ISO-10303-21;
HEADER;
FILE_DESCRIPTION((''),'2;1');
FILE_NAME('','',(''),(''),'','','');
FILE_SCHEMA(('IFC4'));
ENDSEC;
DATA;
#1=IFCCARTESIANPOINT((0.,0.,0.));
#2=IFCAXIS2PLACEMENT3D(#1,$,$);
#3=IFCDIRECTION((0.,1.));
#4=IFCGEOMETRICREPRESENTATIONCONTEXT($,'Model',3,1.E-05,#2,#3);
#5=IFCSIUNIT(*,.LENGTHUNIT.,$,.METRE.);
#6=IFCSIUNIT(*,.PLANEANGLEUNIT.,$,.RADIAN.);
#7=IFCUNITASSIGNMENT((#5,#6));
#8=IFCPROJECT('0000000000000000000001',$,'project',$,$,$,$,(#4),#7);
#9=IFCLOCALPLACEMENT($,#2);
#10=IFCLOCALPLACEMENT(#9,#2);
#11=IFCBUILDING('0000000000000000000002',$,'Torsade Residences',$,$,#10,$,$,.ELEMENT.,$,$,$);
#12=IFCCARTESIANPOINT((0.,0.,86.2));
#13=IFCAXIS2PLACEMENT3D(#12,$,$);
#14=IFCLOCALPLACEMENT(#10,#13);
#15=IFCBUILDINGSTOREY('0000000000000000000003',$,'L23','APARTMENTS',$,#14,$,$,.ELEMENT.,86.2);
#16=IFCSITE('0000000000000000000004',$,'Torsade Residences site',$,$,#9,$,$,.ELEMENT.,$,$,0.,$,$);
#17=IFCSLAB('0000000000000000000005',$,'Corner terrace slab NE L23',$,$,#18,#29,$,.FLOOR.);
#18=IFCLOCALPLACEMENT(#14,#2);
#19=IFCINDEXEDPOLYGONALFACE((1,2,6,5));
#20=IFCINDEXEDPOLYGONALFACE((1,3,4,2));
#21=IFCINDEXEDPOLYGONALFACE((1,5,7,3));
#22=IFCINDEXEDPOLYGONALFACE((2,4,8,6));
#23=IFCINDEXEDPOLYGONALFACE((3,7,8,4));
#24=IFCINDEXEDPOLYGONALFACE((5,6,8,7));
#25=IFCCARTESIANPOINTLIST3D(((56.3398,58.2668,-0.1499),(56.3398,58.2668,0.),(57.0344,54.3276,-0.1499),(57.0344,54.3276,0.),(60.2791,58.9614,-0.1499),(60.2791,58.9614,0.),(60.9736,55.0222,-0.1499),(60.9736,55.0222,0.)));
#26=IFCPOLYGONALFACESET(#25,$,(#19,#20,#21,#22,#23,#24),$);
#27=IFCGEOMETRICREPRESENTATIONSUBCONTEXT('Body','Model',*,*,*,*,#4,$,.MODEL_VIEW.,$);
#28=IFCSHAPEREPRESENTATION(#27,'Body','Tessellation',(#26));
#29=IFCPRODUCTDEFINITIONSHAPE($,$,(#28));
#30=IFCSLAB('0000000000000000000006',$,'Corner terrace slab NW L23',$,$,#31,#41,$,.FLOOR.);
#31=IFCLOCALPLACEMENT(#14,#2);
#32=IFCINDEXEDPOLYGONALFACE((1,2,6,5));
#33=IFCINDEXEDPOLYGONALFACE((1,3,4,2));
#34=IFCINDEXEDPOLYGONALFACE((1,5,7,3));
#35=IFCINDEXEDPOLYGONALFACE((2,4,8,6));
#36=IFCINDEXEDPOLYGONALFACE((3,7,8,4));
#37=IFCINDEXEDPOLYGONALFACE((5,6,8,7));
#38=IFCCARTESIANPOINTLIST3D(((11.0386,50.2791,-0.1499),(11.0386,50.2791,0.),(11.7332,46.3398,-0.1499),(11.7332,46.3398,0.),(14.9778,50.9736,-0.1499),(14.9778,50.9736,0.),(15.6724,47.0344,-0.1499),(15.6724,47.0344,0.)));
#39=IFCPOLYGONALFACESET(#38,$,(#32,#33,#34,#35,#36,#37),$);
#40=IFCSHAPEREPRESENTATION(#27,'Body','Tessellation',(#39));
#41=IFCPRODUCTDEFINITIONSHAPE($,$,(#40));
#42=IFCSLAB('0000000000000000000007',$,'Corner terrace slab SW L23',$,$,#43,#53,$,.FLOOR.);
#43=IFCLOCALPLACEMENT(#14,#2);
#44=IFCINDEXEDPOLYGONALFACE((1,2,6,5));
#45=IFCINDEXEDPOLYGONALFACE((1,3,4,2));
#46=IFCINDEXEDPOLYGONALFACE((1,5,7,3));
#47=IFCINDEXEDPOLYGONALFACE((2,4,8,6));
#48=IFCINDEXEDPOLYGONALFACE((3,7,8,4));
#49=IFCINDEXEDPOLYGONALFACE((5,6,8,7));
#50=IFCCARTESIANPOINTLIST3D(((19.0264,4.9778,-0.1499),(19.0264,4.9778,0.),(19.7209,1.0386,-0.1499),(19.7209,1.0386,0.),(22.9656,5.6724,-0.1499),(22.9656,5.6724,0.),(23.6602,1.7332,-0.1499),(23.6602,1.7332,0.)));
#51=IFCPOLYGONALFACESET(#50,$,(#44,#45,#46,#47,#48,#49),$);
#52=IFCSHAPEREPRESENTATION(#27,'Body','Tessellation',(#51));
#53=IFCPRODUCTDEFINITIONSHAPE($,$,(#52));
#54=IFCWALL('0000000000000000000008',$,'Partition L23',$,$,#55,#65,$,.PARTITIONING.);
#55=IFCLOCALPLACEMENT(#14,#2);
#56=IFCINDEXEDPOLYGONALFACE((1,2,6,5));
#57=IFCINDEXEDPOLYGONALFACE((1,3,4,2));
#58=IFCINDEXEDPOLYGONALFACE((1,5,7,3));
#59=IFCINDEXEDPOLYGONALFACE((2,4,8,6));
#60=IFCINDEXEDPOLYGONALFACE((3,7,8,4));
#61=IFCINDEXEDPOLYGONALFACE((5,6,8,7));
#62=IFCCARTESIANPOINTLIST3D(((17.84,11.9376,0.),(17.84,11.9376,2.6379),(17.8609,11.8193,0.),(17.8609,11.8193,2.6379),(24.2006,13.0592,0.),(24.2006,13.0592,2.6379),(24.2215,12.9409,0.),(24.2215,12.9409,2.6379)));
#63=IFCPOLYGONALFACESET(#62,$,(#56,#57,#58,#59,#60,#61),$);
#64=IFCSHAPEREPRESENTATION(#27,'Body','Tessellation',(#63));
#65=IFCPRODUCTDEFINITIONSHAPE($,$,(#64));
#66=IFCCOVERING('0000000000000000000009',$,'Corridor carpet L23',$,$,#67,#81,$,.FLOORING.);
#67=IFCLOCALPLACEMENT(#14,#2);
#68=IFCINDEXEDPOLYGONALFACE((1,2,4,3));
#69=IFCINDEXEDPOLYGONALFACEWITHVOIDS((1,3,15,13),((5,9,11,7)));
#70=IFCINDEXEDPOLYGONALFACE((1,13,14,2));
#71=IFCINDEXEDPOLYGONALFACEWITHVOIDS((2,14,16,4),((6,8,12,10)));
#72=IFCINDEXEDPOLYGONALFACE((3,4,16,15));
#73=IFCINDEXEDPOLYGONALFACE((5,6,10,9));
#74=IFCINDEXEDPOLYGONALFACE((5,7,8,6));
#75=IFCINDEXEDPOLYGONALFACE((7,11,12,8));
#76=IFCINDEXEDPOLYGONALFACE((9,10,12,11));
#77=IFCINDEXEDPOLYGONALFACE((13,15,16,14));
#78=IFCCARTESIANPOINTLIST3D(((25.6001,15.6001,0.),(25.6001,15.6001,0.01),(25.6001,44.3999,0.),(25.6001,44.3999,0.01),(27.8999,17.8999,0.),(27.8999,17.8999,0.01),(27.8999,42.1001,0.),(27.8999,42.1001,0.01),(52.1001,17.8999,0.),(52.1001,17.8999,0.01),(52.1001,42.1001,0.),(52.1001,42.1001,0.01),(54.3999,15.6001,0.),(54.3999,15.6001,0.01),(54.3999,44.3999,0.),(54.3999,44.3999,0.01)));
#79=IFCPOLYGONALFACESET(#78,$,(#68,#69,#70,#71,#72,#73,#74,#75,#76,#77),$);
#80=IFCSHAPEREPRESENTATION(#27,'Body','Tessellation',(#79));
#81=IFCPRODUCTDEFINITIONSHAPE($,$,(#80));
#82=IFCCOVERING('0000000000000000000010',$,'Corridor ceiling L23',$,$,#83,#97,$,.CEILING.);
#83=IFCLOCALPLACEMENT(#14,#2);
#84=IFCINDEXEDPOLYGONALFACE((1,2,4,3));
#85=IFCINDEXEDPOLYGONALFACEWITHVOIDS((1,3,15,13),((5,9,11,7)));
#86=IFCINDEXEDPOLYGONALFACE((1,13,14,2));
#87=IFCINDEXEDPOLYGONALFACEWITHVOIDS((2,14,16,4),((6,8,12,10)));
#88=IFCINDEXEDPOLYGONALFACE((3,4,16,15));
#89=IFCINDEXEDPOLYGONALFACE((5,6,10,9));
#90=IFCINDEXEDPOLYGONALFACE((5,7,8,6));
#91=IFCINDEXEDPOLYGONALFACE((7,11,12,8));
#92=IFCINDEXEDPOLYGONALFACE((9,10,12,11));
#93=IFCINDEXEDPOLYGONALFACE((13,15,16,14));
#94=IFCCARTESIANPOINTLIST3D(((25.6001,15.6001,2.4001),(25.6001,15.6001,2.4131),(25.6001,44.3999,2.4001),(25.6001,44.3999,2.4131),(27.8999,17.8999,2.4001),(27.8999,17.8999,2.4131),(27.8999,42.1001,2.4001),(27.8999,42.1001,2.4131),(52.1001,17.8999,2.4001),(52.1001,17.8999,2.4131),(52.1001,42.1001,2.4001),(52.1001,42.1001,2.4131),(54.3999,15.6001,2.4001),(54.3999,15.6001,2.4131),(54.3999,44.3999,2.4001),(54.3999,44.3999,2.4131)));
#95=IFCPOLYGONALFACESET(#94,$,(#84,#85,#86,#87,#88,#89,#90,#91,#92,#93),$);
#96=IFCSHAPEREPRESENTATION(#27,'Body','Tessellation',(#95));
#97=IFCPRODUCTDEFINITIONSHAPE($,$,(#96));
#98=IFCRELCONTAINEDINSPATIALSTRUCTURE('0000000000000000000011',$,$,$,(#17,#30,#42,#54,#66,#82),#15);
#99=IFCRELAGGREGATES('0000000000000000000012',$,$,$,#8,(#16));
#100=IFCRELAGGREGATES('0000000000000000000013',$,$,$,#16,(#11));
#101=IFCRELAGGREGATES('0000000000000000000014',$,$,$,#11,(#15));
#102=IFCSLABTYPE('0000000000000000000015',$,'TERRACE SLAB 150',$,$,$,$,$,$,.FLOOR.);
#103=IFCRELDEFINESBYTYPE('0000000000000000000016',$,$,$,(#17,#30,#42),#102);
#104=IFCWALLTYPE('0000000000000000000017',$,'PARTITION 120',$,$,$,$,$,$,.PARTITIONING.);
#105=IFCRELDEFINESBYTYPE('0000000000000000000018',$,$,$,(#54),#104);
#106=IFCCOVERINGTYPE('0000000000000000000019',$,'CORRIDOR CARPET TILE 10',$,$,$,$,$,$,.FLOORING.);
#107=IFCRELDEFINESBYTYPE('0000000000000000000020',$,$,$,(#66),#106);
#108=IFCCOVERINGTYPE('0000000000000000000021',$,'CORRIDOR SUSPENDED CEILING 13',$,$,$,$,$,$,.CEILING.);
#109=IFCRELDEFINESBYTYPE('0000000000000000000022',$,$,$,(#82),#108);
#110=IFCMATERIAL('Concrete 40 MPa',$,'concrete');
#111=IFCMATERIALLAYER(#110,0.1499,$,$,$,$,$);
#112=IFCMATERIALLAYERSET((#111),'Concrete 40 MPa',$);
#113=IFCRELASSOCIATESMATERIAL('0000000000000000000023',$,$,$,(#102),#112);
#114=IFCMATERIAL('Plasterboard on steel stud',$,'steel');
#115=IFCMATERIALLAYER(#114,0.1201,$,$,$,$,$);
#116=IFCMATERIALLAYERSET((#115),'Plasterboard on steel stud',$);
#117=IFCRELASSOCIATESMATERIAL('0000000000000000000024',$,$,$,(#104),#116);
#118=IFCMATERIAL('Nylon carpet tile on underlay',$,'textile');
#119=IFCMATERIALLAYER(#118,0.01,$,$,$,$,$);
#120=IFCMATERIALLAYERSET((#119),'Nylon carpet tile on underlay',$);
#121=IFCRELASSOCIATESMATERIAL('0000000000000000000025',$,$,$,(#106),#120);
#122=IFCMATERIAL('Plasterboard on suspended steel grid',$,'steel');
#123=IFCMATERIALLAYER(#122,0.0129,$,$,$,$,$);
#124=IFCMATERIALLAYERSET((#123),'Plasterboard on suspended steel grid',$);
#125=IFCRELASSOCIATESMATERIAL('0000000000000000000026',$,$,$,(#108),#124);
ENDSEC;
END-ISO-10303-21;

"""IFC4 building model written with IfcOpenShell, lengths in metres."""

from ifc_helpers import new_model, si_unit, direction, frame, frame_2d, origin, place, context, subcontext, project, spatial, polyline, rectangle, outline, extrude, material, layer, layer_set, type_object, element, save


model = new_model("IFC4")

# Units and contexts
model_context = context("Model", 3, precision=1e-05, world=origin(), true_north=direction((0.0, 1.0)))
body_context = subcontext(model_context, "Body", "Model", "MODEL_VIEW")
ifc_project = project(units=[si_unit("LENGTHUNIT", "METRE"), si_unit("PLANEANGLEUNIT", "RADIAN")], contexts=[model_context])

# Site, building, storey
site_placement = place(None, origin())
site = spatial("IfcSite", under=ifc_project, at=site_placement, Name="Torsade Residences site", CompositionType="ELEMENT", RefElevation=0.0)
building_placement = place(site_placement, origin())
building = spatial("IfcBuilding", under=site, at=building_placement, Name="Torsade Residences", CompositionType="ELEMENT")
storey_placement = place(building_placement, frame((0.0, 0.0, 86.2)))
storey = spatial("IfcBuildingStorey", under=building, at=storey_placement, Name="L23", Description="APARTMENTS", CompositionType="ELEMENT", Elevation=86.2)

# Slabs
ifc_material_1 = material(Name="Concrete 40 MPa", Category="concrete")
ifc_layer_1 = layer(ifc_material_1, 0.1499)
ifc_layer_set_1 = layer_set([ifc_layer_1], Name="Concrete 40 MPa")
slab_type_1 = type_object("IfcSlabType", Name="TERRACE SLAB 150", PredefinedType="FLOOR", material=ifc_layer_set_1)
slab_1_placement = place(storey_placement, frame((0.0, 0.0, -0.1499)))
element("IfcSlab", 1, at=slab_1_placement, inside=storey, type_object=slab_type_1, Name="Corner terrace slab NE L23", PredefinedType="FLOOR", context=body_context, shape_type="SweptSolid", body=[
    extrude(outline(polyline([(57.0344, 54.3276), (60.9736, 55.0222), (60.2791, 58.9614), (56.3398, 58.2668), (57.0344, 54.3276)])), origin(), (0.0, 0.0, 1.0), 0.1499),
])
slab_2_placement = place(storey_placement, frame((0.0, 0.0, -0.1499)))
element("IfcSlab", 2, at=slab_2_placement, inside=storey, type_object=slab_type_1, Name="Corner terrace slab NW L23", PredefinedType="FLOOR", context=body_context, shape_type="SweptSolid", body=[
    extrude(outline(polyline([(11.7332, 46.3398), (15.6724, 47.0344), (14.9778, 50.9736), (11.0386, 50.2791), (11.7332, 46.3398)])), origin(), (0.0, 0.0, 1.0), 0.1499),
])
slab_3_placement = place(storey_placement, frame((0.0, 0.0, -0.1499)))
element("IfcSlab", 3, at=slab_3_placement, inside=storey, type_object=slab_type_1, Name="Corner terrace slab SW L23", PredefinedType="FLOOR", context=body_context, shape_type="SweptSolid", body=[
    extrude(outline(polyline([(19.7209, 1.0386), (23.6602, 1.7332), (22.9656, 5.6724), (19.0264, 4.9778), (19.7209, 1.0386)])), origin(), (0.0, 0.0, 1.0), 0.1499),
])

# Wall
ifc_material_2 = material(Name="Plasterboard on steel stud", Category="steel")
ifc_layer_2 = layer(ifc_material_2, 0.1201)
ifc_layer_set_2 = layer_set([ifc_layer_2], Name="Plasterboard on steel stud")
wall_type = type_object("IfcWallType", Name="PARTITION 120", PredefinedType="PARTITIONING", material=ifc_layer_set_2)
wall_placement = place(storey_placement, frame((17.8503, 11.8784, 0.0), z_axis=(0.0, 0.0, 1.0), x_axis=(0.984807, 0.173654, 0.0)))
element("IfcWall", 4, at=wall_placement, inside=storey, type_object=wall_type, Name="Partition L23", PredefinedType="PARTITIONING", context=body_context, shape_type="SweptSolid", body=[
    extrude(rectangle(XDim=6.4587, YDim=0.1201, at=frame_2d((3.2295, 0.0))), origin(), (0.0, 0.0, 1.0), 2.6379),
])

# Coverings
ifc_material_3 = material(Name="Nylon carpet tile on underlay", Category="textile")
ifc_layer_3 = layer(ifc_material_3, 0.01)
ifc_layer_set_3 = layer_set([ifc_layer_3], Name="Nylon carpet tile on underlay")
covering_type_1 = type_object("IfcCoveringType", Name="CORRIDOR CARPET TILE 10", PredefinedType="FLOORING", material=ifc_layer_set_3)
covering_1_placement = place(storey_placement, origin())
element("IfcCovering", 5, at=covering_1_placement, inside=storey, type_object=covering_type_1, Name="Corridor carpet L23", PredefinedType="FLOORING", context=body_context, shape_type="SweptSolid", body=[
    extrude(outline(polyline([(54.3999, 15.6001), (54.3999, 44.3999), (25.6001, 44.3999), (25.6001, 15.6001), (54.3999, 15.6001)]), holes=[polyline([(52.1001, 42.1001), (27.8999, 42.1001), (27.8999, 17.8999), (52.1001, 17.8999), (52.1001, 42.1001)])]), origin(), (0.0, 0.0, 1.0), 0.01),
])
ifc_material_4 = material(Name="Plasterboard on suspended steel grid", Category="steel")
ifc_layer_4 = layer(ifc_material_4, 0.0129)
ifc_layer_set_4 = layer_set([ifc_layer_4], Name="Plasterboard on suspended steel grid")
covering_type_2 = type_object("IfcCoveringType", Name="CORRIDOR SUSPENDED CEILING 13", PredefinedType="CEILING", material=ifc_layer_set_4)
covering_2_placement = place(storey_placement, frame((0.0, 0.0, 2.4001)))
element("IfcCovering", 6, at=covering_2_placement, inside=storey, type_object=covering_type_2, Name="Corridor ceiling L23", PredefinedType="CEILING", context=body_context, shape_type="SweptSolid", body=[
    extrude(outline(polyline([(54.3999, 15.6001), (54.3999, 44.3999), (25.6001, 44.3999), (25.6001, 15.6001), (54.3999, 15.6001)]), holes=[polyline([(52.1001, 42.1001), (27.8999, 42.1001), (27.8999, 17.8999), (52.1001, 17.8999), (52.1001, 42.1001)])]), origin(), (0.0, 0.0, 1.0), 0.0129),
])

save(model, "model.ifc")
